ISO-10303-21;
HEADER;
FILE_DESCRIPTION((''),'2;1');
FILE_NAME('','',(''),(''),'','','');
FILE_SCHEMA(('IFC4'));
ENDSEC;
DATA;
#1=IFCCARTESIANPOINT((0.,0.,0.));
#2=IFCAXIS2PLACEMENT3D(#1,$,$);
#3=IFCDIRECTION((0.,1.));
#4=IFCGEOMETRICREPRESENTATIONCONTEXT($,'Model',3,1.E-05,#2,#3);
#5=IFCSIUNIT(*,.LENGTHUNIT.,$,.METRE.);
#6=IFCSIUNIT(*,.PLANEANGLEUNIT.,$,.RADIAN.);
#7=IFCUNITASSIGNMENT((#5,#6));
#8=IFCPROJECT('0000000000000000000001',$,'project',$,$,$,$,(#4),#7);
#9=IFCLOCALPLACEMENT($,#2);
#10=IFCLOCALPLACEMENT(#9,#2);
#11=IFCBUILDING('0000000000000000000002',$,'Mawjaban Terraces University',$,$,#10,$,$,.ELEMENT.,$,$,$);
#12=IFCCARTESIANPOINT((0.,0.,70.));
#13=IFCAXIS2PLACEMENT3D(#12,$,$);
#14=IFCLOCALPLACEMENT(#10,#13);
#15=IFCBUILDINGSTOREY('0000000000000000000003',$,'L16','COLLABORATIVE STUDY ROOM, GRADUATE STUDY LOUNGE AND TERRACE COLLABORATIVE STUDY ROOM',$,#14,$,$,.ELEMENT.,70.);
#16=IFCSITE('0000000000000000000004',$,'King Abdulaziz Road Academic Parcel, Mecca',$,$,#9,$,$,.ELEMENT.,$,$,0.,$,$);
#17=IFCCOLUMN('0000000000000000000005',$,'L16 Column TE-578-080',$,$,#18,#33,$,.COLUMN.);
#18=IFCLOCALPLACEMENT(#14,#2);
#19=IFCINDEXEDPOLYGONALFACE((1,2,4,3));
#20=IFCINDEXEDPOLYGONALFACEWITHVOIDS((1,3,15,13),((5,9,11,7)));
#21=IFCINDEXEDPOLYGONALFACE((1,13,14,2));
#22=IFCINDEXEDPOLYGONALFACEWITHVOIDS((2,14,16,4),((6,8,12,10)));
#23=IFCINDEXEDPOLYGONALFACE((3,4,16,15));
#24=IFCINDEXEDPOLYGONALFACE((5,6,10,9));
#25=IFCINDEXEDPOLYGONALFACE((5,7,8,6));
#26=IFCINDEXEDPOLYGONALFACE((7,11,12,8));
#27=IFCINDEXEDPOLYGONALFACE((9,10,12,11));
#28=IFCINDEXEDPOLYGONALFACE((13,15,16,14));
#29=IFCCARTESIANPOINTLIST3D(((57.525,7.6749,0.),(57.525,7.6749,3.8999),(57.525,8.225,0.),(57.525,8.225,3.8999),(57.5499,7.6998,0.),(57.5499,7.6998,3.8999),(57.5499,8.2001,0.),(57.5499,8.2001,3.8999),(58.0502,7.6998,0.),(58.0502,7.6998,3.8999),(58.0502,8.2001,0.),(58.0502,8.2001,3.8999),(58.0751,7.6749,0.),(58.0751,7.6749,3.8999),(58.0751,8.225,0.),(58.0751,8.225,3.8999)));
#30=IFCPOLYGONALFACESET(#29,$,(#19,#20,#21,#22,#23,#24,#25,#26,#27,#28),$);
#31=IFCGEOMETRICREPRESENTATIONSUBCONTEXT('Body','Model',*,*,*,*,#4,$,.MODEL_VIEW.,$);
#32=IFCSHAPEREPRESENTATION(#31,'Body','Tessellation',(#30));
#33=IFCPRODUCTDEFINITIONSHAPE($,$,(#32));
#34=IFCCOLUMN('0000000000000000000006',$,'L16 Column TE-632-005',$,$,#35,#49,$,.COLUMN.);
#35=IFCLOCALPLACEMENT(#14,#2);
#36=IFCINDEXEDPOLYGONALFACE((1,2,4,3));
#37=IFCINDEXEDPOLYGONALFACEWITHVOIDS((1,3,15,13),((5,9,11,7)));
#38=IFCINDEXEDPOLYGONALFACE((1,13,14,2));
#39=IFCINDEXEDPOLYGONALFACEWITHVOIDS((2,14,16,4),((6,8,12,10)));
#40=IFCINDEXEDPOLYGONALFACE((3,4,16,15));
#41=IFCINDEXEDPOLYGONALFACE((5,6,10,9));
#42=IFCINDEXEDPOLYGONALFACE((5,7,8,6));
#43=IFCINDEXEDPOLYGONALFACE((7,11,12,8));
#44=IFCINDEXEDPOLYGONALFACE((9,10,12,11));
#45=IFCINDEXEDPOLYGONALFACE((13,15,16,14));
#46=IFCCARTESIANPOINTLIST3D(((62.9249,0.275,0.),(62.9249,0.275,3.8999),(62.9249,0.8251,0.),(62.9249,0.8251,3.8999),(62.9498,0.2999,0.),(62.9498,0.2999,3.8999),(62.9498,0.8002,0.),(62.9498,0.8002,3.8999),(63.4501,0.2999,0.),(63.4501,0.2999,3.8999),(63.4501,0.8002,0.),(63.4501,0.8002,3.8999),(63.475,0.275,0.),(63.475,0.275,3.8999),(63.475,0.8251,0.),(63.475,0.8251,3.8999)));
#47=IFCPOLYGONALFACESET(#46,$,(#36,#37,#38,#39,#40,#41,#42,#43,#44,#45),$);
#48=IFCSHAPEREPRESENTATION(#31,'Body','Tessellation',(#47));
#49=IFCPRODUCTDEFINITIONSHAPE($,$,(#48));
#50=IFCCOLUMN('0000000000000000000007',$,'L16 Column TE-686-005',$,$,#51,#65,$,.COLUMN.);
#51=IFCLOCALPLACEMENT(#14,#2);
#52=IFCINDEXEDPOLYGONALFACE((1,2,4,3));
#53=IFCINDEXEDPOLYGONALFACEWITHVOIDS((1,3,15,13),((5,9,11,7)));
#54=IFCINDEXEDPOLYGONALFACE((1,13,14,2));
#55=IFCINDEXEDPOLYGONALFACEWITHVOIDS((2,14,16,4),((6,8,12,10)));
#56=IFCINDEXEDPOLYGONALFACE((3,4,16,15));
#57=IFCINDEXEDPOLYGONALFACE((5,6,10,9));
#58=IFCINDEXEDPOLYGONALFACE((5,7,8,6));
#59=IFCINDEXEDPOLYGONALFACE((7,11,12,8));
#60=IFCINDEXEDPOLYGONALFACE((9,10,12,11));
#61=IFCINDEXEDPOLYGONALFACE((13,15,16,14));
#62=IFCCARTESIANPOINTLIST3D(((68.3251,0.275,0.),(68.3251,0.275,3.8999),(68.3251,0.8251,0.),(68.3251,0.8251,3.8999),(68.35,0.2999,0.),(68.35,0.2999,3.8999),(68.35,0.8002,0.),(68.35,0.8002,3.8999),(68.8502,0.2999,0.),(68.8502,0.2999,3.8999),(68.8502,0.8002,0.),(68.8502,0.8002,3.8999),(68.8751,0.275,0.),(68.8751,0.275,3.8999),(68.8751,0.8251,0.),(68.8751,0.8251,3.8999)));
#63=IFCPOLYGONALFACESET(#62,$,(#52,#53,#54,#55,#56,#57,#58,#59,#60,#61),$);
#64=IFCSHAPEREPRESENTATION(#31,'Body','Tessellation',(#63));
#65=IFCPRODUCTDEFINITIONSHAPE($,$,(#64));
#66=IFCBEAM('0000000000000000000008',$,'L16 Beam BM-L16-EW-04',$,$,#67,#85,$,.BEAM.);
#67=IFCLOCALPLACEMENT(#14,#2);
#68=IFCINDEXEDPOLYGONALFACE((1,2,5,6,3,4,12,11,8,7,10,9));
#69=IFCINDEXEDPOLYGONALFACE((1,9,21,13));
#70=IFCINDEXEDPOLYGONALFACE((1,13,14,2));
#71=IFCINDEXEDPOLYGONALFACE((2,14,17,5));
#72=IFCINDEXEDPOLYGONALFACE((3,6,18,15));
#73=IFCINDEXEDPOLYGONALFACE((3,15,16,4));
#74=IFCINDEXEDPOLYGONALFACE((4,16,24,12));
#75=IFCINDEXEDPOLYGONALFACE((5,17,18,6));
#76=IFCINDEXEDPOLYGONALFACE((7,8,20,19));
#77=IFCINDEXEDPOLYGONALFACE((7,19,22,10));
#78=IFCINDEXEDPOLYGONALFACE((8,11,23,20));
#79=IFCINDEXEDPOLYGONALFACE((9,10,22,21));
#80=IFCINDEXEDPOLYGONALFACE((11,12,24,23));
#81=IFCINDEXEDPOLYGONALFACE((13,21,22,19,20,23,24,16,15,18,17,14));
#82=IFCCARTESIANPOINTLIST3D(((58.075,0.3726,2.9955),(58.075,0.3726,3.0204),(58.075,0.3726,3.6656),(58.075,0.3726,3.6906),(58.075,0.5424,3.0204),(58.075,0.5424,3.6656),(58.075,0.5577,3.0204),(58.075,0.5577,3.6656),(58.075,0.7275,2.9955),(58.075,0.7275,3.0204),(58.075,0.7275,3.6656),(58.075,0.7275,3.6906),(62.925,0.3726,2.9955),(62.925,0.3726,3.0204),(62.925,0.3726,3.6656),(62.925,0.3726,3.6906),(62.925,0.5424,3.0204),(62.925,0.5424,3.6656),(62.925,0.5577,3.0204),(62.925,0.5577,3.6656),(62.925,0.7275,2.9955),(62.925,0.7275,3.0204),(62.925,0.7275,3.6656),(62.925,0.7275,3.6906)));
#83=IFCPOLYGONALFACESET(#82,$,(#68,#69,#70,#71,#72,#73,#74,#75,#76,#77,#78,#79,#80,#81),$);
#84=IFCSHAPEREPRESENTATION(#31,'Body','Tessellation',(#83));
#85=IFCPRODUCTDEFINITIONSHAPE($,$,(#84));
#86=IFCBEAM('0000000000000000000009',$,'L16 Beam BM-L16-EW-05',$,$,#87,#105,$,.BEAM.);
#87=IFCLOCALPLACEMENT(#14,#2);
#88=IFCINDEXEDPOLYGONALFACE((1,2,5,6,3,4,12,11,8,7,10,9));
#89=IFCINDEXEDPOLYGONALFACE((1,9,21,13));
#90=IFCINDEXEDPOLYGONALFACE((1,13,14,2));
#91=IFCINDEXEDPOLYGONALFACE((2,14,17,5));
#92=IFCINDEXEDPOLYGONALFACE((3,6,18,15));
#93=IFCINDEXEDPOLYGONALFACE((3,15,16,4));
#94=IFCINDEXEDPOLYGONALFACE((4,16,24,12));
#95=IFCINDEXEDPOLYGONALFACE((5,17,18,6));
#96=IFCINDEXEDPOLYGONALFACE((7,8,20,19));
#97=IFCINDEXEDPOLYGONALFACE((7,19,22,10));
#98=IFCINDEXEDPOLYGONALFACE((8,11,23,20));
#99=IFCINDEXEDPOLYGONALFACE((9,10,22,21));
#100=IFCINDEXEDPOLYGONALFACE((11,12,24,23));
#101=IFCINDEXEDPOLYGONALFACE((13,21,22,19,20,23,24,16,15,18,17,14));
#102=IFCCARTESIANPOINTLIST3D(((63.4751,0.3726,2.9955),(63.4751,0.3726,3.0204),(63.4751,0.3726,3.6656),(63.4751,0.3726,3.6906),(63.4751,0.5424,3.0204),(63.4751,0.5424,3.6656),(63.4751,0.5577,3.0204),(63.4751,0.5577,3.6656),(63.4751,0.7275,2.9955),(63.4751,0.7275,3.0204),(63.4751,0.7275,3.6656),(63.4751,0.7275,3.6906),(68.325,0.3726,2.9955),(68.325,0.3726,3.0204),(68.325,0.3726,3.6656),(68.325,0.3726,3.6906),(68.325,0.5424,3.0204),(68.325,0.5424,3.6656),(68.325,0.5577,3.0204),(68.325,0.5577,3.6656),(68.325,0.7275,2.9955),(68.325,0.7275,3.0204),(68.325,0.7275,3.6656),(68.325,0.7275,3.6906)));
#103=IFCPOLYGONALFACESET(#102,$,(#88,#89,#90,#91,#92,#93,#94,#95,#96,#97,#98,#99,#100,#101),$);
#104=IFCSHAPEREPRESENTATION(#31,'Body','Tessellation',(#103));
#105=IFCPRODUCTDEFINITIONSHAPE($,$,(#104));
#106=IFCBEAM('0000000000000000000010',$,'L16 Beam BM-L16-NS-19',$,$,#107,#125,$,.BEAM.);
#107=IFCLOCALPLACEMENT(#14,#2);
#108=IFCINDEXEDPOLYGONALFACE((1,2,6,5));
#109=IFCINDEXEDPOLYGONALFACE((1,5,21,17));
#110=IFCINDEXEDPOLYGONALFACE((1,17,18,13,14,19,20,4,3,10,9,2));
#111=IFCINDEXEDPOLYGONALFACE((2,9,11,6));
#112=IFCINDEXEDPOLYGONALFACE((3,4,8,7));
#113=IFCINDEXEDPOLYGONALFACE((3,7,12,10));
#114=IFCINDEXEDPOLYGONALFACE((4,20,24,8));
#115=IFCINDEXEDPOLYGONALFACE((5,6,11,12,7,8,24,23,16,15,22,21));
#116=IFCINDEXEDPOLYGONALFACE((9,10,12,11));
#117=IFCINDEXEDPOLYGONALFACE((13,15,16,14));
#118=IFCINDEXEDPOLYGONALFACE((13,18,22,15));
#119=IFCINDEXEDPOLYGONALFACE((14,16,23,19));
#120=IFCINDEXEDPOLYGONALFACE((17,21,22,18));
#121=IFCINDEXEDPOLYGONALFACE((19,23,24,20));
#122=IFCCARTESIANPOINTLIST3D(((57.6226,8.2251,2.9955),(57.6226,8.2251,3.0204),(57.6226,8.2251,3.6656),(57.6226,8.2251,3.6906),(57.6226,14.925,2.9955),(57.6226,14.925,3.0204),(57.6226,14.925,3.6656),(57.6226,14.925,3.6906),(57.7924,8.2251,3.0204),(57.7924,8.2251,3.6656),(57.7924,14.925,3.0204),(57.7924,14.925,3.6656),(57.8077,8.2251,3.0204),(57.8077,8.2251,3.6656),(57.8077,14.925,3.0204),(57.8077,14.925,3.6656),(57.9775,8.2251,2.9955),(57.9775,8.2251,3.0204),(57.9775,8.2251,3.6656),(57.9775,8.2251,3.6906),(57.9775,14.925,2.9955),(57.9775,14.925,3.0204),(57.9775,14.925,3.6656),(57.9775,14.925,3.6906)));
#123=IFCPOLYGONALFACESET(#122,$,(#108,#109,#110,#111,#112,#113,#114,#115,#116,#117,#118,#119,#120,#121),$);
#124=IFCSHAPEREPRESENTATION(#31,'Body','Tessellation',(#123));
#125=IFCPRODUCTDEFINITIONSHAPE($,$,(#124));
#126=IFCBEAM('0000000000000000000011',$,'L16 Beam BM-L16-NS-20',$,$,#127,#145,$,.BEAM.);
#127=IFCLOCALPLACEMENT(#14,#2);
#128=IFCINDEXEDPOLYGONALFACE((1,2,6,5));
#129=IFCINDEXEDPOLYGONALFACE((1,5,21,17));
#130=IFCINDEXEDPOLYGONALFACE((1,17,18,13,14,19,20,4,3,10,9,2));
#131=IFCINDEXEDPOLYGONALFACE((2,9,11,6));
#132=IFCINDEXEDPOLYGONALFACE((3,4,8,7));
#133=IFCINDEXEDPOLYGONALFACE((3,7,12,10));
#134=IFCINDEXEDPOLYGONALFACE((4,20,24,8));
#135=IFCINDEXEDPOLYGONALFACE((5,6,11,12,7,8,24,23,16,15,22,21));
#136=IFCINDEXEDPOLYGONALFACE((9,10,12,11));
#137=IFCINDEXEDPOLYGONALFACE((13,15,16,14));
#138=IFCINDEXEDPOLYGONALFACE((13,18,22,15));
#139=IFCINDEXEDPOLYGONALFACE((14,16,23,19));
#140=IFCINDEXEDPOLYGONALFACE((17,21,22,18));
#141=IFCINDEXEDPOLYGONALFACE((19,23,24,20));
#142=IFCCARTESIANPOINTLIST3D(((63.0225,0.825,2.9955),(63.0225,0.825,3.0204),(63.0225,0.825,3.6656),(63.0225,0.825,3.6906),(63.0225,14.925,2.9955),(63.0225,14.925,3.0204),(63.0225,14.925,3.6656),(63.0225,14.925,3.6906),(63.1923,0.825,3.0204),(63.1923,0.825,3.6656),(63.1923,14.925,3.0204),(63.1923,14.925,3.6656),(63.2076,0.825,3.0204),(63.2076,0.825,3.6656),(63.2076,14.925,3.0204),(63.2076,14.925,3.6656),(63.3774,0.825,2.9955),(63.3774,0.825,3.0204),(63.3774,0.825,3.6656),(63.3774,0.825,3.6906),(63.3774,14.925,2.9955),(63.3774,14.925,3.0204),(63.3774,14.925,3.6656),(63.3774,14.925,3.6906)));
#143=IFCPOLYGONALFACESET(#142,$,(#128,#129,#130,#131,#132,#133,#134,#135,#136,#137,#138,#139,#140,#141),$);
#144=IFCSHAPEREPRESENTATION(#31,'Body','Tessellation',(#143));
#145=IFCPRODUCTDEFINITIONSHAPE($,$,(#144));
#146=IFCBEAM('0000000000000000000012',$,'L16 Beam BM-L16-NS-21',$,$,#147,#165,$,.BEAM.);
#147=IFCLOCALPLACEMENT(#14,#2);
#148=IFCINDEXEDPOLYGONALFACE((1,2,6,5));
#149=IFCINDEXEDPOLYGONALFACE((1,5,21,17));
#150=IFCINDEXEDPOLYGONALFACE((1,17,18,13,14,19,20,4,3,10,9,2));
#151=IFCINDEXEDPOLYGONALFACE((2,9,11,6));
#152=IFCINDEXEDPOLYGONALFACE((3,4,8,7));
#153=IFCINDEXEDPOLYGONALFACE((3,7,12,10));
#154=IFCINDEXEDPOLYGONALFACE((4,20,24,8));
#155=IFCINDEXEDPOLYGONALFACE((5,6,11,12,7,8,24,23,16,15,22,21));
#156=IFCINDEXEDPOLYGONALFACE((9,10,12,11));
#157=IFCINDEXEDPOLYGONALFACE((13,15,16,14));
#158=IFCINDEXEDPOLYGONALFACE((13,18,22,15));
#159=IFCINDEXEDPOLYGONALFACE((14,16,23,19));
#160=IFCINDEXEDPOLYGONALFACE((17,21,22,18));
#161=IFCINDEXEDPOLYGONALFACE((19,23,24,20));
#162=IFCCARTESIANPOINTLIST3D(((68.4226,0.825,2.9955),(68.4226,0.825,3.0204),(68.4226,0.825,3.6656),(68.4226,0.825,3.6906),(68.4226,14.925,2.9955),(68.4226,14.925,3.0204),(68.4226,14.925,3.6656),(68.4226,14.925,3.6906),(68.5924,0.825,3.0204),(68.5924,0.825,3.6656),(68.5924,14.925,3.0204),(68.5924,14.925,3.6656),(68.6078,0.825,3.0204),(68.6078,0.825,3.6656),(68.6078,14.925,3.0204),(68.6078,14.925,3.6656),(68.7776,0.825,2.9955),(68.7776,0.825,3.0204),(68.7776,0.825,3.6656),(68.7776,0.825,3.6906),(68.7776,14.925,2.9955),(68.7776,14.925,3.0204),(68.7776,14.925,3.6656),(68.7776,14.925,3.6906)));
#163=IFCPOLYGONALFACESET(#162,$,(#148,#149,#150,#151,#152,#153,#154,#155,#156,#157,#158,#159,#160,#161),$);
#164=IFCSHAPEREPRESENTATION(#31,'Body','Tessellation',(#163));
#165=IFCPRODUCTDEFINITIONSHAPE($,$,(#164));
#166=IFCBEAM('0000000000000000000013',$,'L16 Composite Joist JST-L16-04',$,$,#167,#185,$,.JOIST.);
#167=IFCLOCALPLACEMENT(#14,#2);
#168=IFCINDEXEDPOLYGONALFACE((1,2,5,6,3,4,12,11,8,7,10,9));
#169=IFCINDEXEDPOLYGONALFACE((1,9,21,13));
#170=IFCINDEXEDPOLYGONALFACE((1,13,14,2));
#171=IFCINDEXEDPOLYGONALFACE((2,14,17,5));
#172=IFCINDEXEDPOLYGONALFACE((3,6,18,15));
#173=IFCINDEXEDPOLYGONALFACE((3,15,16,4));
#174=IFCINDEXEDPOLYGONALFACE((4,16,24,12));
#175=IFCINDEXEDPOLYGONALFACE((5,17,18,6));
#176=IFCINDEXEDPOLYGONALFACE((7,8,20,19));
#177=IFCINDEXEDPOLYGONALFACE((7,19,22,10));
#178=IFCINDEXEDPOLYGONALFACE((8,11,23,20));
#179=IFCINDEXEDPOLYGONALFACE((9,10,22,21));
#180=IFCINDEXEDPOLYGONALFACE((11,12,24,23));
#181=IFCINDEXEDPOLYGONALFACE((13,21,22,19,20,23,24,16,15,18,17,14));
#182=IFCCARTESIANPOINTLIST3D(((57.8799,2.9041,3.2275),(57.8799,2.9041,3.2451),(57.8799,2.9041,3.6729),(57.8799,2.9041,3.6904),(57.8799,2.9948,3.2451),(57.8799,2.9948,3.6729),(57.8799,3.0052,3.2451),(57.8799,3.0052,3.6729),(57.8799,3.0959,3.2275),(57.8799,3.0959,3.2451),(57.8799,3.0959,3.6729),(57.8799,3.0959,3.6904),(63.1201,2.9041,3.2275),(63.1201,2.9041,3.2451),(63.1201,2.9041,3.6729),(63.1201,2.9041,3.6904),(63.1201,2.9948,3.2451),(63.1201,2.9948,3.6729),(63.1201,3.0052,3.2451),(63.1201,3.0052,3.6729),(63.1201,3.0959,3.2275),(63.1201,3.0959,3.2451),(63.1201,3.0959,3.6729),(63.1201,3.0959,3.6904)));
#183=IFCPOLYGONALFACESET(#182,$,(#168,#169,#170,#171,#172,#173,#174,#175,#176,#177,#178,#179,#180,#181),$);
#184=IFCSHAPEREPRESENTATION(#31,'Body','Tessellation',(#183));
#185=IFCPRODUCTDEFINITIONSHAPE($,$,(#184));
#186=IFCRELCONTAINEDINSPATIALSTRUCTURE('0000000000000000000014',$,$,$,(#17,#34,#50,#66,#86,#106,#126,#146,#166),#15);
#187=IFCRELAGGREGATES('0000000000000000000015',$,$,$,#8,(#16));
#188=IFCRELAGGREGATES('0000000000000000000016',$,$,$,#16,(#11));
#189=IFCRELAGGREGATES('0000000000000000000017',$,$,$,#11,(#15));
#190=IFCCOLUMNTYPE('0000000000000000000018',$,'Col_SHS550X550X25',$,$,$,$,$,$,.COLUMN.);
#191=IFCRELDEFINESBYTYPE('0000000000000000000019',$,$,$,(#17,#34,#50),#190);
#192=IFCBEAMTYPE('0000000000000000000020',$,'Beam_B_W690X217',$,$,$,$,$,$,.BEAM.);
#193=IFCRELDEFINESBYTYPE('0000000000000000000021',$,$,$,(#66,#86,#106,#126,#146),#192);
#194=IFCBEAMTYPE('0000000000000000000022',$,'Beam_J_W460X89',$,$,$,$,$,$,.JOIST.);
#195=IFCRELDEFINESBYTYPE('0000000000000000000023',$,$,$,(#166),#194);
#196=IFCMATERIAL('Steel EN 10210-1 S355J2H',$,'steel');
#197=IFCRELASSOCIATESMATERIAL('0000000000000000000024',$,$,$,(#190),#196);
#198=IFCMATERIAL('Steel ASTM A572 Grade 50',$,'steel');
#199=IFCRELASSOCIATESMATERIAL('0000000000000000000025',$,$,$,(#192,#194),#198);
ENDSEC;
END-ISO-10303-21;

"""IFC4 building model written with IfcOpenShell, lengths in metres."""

from ifc_helpers import new_model, si_unit, direction, frame, origin, origin_2d, place, context, subcontext, project, spatial, hollow_rectangle, i_section, extrude, material, material_profile, profile_set, type_object, element, save


model = new_model("IFC4")

# Units and contexts
model_context = context("Model", 3, precision=1e-05, world=origin(), true_north=direction((0.0, 1.0)))
body_context = subcontext(model_context, "Body", "Model", "MODEL_VIEW")
ifc_project = project(units=[si_unit("LENGTHUNIT", "METRE"), si_unit("PLANEANGLEUNIT", "RADIAN")], contexts=[model_context])

# Site, building, storey
site_placement = place(None, origin())
site = spatial("IfcSite", under=ifc_project, at=site_placement, Name="King Abdulaziz Road Academic Parcel, Mecca", CompositionType="ELEMENT", RefElevation=0.0)
building_placement = place(site_placement, origin())
building = spatial("IfcBuilding", under=site, at=building_placement, Name="Mawjaban Terraces University", CompositionType="ELEMENT")
storey_placement = place(building_placement, frame((0.0, 0.0, 70.0)))
storey = spatial("IfcBuildingStorey", under=building, at=storey_placement, Name="L16", Description="COLLABORATIVE STUDY ROOM, GRADUATE STUDY LOUNGE AND TERRACE COLLABORATIVE STUDY ROOM", CompositionType="ELEMENT", Elevation=70.0)

# Columns
ifc_material_1 = material(Name="Steel EN 10210-1 S355J2H", Category="steel")
ifc_material_profile_1 = material_profile(ifc_material_1, hollow_rectangle(XDim=0.55, YDim=0.55, WallThickness=0.0249, at=origin_2d()), Name="SHS550X550X25")
ifc_profile_set_1 = profile_set([ifc_material_profile_1], Name="Steel EN 10210-1 S355J2H")
column_type = type_object("IfcColumnType", Name="Col_SHS550X550X25", PredefinedType="COLUMN", material=ifc_profile_set_1)
for number, where, z_axis, x_axis, name in (
    (1, (57.8, 7.95, 0.0), (0.0, 0.0, 1.0), (1.0, 0.0, 0.0), "L16 Column TE-578-080"),
    (2, (63.2, 0.55, 0.0), (0.0, 0.0, 1.0), (1.0, 0.0, 0.0), "L16 Column TE-632-005"),
    (3, (68.6001, 0.55, 0.0), (0.0, 0.0, 1.0), (1.0, 0.0, 0.0), "L16 Column TE-686-005"),
):
    element("IfcColumn", number, at=place(storey_placement, frame(where, z_axis=z_axis, x_axis=x_axis)), inside=storey, type_object=column_type, Name=name, PredefinedType="COLUMN", context=body_context, shape_type="SweptSolid", body=[
        extrude(hollow_rectangle(XDim=0.55, YDim=0.55, WallThickness=0.0249, at=origin_2d()), origin(), (0.0, 0.0, 1.0), 3.8999),
    ])

# Beams
ifc_material_2 = material(Name="Steel ASTM A572 Grade 50", Category="steel")
ifc_material_profile_2 = material_profile(ifc_material_2, i_section(OverallWidth=0.355, OverallDepth=0.6951, WebThickness=0.0154, FlangeThickness=0.0249, at=origin_2d()), Name="W690X217")
ifc_profile_set_2 = profile_set([ifc_material_profile_2], Name="Steel ASTM A572 Grade 50")
beam_type_1 = type_object("IfcBeamType", Name="Beam_B_W690X217", PredefinedType="BEAM", material=ifc_profile_set_2)
beam_1_placement = place(storey_placement, frame((58.075, 0.55, 3.343), z_axis=(1.0, 0.0, 0.0), x_axis=(0.0, 1.0, 0.0)))
element("IfcBeam", 4, at=beam_1_placement, inside=storey, type_object=beam_type_1, Name="L16 Beam BM-L16-EW-04", PredefinedType="BEAM", context=body_context, shape_type="SweptSolid", body=[
    extrude(i_section(OverallWidth=0.355, OverallDepth=0.6951, WebThickness=0.0154, FlangeThickness=0.0249, at=origin_2d()), origin(), (0.0, 0.0, 1.0), 4.8501),
])
beam_2_placement = place(storey_placement, frame((63.4751, 0.55, 3.343), z_axis=(1.0, 0.0, 0.0), x_axis=(0.0, 1.0, 0.0)))
element("IfcBeam", 5, at=beam_2_placement, inside=storey, type_object=beam_type_1, Name="L16 Beam BM-L16-EW-05", PredefinedType="BEAM", context=body_context, shape_type="SweptSolid", body=[
    extrude(i_section(OverallWidth=0.355, OverallDepth=0.6951, WebThickness=0.0154, FlangeThickness=0.0249, at=origin_2d()), origin(), (0.0, 0.0, 1.0), 4.8499),
])
beam_3_placement = place(storey_placement, frame((57.8, 8.2251, 3.343), z_axis=(0.0, 1.0, 0.0), x_axis=(-1.0, 0.0, 0.0)))
element("IfcBeam", 6, at=beam_3_placement, inside=storey, type_object=beam_type_1, Name="L16 Beam BM-L16-NS-19", PredefinedType="BEAM", context=body_context, shape_type="SweptSolid", body=[
    extrude(i_section(OverallWidth=0.355, OverallDepth=0.6951, WebThickness=0.0154, FlangeThickness=0.0249, at=origin_2d()), origin(), (0.0, 0.0, 1.0), 6.7),
])
for number, where, z_axis, x_axis, name in (
    (7, (63.2, 0.825, 3.343), (0.0, 1.0, 0.0), (-1.0, 0.0, 0.0), "L16 Beam BM-L16-NS-20"),
    (8, (68.6001, 0.825, 3.343), (0.0, 1.0, 0.0), (-1.0, 0.0, 0.0), "L16 Beam BM-L16-NS-21"),
):
    element("IfcBeam", number, at=place(storey_placement, frame(where, z_axis=z_axis, x_axis=x_axis)), inside=storey, type_object=beam_type_1, Name=name, PredefinedType="BEAM", context=body_context, shape_type="SweptSolid", body=[
        extrude(i_section(OverallWidth=0.355, OverallDepth=0.6951, WebThickness=0.0154, FlangeThickness=0.0249, at=origin_2d()), origin(), (0.0, 0.0, 1.0), 14.1001),
    ])
ifc_material_profile_3 = material_profile(ifc_material_2, i_section(OverallWidth=0.1919, OverallDepth=0.4629, WebThickness=0.0105, FlangeThickness=0.0176, at=origin_2d()), Name="W460X89")
ifc_profile_set_3 = profile_set([ifc_material_profile_3], Name="Steel ASTM A572 Grade 50")
beam_type_2 = type_object("IfcBeamType", Name="Beam_J_W460X89", PredefinedType="JOIST", material=ifc_profile_set_3)
beam_4_placement = place(storey_placement, frame((57.8799, 3.0, 3.459), z_axis=(1.0, 0.0, 0.0), x_axis=(0.0, 1.0, 0.0)))
element("IfcBeam", 9, at=beam_4_placement, inside=storey, type_object=beam_type_2, Name="L16 Composite Joist JST-L16-04", PredefinedType="JOIST", context=body_context, shape_type="SweptSolid", body=[
    extrude(i_section(OverallWidth=0.1919, OverallDepth=0.4629, WebThickness=0.0105, FlangeThickness=0.0176, at=origin_2d()), origin(), (0.0, 0.0, 1.0), 5.2402),
])

save(model, "model.ifc")
